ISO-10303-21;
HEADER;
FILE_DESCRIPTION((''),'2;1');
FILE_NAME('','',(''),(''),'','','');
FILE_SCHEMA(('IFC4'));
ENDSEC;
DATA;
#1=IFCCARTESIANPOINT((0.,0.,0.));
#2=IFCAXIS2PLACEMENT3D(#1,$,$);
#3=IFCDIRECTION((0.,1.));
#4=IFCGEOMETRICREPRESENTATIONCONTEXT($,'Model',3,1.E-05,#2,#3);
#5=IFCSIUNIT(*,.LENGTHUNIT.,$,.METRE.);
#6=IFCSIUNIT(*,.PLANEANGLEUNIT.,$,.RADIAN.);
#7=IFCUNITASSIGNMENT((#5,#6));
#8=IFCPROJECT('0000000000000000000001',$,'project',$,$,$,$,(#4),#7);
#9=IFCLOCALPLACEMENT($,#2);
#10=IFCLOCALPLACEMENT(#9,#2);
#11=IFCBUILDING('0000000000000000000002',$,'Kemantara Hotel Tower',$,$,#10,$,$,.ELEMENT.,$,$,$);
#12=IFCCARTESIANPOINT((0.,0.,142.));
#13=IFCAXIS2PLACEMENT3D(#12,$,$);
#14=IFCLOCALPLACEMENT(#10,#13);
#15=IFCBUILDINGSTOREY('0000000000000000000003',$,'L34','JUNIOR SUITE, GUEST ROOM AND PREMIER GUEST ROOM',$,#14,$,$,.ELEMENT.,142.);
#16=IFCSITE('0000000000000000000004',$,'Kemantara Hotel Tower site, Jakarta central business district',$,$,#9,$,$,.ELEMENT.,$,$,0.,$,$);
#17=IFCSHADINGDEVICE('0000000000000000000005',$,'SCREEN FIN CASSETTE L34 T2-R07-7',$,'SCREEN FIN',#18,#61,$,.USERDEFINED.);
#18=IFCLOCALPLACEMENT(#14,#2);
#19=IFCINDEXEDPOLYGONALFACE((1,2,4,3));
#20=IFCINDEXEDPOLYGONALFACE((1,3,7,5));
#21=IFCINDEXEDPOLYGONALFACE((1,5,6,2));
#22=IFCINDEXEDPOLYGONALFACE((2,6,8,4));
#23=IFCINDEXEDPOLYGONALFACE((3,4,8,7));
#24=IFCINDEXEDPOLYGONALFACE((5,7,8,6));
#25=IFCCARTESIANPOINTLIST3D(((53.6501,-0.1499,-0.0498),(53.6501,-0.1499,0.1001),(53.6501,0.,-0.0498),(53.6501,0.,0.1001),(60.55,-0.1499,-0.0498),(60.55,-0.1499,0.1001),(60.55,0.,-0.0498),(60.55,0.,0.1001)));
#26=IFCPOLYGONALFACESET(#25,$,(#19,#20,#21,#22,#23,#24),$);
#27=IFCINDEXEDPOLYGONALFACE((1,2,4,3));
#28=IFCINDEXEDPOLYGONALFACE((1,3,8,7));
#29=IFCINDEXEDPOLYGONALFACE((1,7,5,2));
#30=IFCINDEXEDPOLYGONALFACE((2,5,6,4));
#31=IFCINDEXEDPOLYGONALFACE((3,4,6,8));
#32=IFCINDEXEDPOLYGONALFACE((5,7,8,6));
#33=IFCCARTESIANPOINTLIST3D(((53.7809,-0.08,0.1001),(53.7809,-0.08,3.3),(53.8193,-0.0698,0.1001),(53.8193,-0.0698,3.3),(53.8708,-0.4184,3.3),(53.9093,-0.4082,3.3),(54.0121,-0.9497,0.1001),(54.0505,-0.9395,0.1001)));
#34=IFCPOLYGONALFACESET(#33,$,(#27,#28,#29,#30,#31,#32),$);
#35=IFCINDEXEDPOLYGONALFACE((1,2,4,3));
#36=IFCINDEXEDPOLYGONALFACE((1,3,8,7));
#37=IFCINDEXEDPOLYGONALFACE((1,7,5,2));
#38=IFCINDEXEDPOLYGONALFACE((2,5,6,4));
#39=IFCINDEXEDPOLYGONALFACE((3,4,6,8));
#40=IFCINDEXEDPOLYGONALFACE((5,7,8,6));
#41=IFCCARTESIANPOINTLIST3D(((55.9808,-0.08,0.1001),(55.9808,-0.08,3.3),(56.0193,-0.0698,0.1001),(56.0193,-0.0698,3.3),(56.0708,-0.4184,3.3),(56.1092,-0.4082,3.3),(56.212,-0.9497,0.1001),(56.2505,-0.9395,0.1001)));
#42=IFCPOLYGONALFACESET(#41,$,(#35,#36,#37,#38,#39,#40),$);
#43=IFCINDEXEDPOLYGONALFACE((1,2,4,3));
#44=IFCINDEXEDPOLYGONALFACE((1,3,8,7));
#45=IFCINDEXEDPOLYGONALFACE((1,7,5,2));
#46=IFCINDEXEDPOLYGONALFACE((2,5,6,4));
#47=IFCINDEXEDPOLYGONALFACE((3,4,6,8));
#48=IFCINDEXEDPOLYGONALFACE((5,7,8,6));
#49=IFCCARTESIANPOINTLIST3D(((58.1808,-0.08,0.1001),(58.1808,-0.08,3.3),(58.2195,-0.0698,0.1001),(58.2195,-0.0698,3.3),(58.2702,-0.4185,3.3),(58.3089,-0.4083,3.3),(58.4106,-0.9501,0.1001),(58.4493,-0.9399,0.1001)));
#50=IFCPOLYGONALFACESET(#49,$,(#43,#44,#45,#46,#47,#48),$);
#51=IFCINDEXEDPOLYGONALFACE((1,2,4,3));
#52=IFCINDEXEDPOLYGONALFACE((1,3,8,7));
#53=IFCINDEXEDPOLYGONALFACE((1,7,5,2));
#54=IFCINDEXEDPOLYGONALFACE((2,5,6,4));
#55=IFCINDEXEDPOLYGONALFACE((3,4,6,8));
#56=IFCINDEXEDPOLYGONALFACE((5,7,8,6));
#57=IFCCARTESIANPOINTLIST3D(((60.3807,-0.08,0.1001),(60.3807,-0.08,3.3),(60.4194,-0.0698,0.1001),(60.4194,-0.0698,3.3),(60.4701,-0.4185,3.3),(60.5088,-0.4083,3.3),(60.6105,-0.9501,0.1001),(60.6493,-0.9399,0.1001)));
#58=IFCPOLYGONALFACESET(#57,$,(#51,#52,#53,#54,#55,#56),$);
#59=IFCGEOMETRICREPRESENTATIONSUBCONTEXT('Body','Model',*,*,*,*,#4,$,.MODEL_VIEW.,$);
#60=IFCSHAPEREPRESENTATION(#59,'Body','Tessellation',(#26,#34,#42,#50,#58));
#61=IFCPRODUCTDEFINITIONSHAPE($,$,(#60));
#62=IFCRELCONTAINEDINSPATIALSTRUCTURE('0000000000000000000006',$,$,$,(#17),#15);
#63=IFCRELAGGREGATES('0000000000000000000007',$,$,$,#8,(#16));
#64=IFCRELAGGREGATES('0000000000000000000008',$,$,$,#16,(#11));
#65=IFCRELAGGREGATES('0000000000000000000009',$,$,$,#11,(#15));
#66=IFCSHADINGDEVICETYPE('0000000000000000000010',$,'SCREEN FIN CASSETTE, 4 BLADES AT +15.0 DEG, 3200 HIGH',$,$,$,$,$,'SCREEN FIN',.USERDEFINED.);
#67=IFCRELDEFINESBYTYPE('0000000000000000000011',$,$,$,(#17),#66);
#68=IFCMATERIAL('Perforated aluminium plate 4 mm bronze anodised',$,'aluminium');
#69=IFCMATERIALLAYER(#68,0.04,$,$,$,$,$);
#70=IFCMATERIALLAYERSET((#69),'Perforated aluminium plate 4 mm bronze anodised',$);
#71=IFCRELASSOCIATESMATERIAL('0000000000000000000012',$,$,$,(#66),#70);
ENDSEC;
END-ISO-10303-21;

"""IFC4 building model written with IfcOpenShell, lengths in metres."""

from ifc_helpers import new_model, si_unit, direction, frame, origin, origin_2d, place, context, subcontext, project, spatial, polyline, rectangle, outline, extrude, source, transform, mapped, material, layer, layer_set, type_object, element, save


model = new_model("IFC4")

# Units and contexts
model_context = context("Model", 3, precision=1e-05, world=origin(), true_north=direction((0.0, 1.0)))
body_context = subcontext(model_context, "Body", "Model", "MODEL_VIEW")
ifc_project = project(units=[si_unit("LENGTHUNIT", "METRE"), si_unit("PLANEANGLEUNIT", "RADIAN")], contexts=[model_context])

# Site, building, storey
site_placement = place(None, origin())
site = spatial("IfcSite", under=ifc_project, at=site_placement, Name="Kemantara Hotel Tower site, Jakarta central business district", CompositionType="ELEMENT", RefElevation=0.0)
building_placement = place(site_placement, origin())
building = spatial("IfcBuilding", under=site, at=building_placement, Name="Kemantara Hotel Tower", CompositionType="ELEMENT")
storey_placement = place(building_placement, frame((0.0, 0.0, 142.0)))
storey = spatial("IfcBuildingStorey", under=building, at=storey_placement, Name="L34", Description="JUNIOR SUITE, GUEST ROOM AND PREMIER GUEST ROOM", CompositionType="ELEMENT", Elevation=142.0)

# Shading device
ifc_material_1 = material(Name="Perforated aluminium plate 4 mm bronze anodised", Category="aluminium")
ifc_layer_1 = layer(ifc_material_1, 0.04)
ifc_layer_set_1 = layer_set([ifc_layer_1], Name="Perforated aluminium plate 4 mm bronze anodised")
shading_device_type = type_object("IfcShadingDeviceType", Name="SCREEN FIN CASSETTE, 4 BLADES AT +15.0 DEG, 3200 HIGH", ElementType="SCREEN FIN", PredefinedType="USERDEFINED", material=ifc_layer_set_1)
shared_shape = source(origin(), body_context, "Body", "SweptSolid", [
    extrude(rectangle(XDim=6.8999, YDim=0.1499, at=origin_2d()), frame((3.3, -0.075, -0.1499), z_axis=(0.0, 0.0, 1.0), x_axis=(1.0, 0.0, 0.0)), (0.0, 0.0, 1.0), 0.1499),
    extrude(outline(polyline([(0.0, 0.0), (0.8999, 0.0), (0.3501, 3.2), (0.0, 3.2), (0.0, 0.0)])), frame((0.0193, -0.0698, 0.0), z_axis=(-0.966438, -0.256901, 0.0), x_axis=(0.256901, -0.966438, 0.0)), (0.0, 0.0, 1.0), 0.0398),
    extrude(outline(polyline([(0.0, 0.0), (0.8999, 0.0), (0.3501, 3.2), (0.0, 3.2), (0.0, 0.0)])), frame((2.2192, -0.0698, 0.0), z_axis=(-0.966438, -0.256901, 0.0), x_axis=(0.256901, -0.966438, 0.0)), (0.0, 0.0, 1.0), 0.0398),
    extrude(outline(polyline([(0.0, 0.0), (0.8999, 0.0), (0.3501, 3.2), (0.0, 3.2), (0.0, 0.0)])), frame((4.4194, -0.0698, 0.0), z_axis=(-0.966838, -0.255391, 0.0), x_axis=(0.255391, -0.966838, 0.0)), (0.0, 0.0, 1.0), 0.04),
    extrude(outline(polyline([(0.0, 0.0), (0.8999, 0.0), (0.3501, 3.2), (0.0, 3.2), (0.0, 0.0)])), frame((6.6194, -0.0698, 0.0), z_axis=(-0.966838, -0.255391, 0.0), x_axis=(0.255391, -0.966838, 0.0)), (0.0, 0.0, 1.0), 0.04),
])
shading_device_placement = place(storey_placement, frame((53.8, 0.0, 0.1001), z_axis=(0.0, 0.0, 1.0), x_axis=(1.0, 0.0, 0.0)))
element("IfcShadingDevice", 1, at=shading_device_placement, inside=storey, type_object=shading_device_type, Name="SCREEN FIN CASSETTE L34 T2-R07-7", ObjectType="SCREEN FIN", PredefinedType="USERDEFINED", context=body_context, shape_type="MappedRepresentation", body=[
    mapped(shared_shape, transform((0.0, 0.0, 0.0))),
])

save(model, "model.ifc")
